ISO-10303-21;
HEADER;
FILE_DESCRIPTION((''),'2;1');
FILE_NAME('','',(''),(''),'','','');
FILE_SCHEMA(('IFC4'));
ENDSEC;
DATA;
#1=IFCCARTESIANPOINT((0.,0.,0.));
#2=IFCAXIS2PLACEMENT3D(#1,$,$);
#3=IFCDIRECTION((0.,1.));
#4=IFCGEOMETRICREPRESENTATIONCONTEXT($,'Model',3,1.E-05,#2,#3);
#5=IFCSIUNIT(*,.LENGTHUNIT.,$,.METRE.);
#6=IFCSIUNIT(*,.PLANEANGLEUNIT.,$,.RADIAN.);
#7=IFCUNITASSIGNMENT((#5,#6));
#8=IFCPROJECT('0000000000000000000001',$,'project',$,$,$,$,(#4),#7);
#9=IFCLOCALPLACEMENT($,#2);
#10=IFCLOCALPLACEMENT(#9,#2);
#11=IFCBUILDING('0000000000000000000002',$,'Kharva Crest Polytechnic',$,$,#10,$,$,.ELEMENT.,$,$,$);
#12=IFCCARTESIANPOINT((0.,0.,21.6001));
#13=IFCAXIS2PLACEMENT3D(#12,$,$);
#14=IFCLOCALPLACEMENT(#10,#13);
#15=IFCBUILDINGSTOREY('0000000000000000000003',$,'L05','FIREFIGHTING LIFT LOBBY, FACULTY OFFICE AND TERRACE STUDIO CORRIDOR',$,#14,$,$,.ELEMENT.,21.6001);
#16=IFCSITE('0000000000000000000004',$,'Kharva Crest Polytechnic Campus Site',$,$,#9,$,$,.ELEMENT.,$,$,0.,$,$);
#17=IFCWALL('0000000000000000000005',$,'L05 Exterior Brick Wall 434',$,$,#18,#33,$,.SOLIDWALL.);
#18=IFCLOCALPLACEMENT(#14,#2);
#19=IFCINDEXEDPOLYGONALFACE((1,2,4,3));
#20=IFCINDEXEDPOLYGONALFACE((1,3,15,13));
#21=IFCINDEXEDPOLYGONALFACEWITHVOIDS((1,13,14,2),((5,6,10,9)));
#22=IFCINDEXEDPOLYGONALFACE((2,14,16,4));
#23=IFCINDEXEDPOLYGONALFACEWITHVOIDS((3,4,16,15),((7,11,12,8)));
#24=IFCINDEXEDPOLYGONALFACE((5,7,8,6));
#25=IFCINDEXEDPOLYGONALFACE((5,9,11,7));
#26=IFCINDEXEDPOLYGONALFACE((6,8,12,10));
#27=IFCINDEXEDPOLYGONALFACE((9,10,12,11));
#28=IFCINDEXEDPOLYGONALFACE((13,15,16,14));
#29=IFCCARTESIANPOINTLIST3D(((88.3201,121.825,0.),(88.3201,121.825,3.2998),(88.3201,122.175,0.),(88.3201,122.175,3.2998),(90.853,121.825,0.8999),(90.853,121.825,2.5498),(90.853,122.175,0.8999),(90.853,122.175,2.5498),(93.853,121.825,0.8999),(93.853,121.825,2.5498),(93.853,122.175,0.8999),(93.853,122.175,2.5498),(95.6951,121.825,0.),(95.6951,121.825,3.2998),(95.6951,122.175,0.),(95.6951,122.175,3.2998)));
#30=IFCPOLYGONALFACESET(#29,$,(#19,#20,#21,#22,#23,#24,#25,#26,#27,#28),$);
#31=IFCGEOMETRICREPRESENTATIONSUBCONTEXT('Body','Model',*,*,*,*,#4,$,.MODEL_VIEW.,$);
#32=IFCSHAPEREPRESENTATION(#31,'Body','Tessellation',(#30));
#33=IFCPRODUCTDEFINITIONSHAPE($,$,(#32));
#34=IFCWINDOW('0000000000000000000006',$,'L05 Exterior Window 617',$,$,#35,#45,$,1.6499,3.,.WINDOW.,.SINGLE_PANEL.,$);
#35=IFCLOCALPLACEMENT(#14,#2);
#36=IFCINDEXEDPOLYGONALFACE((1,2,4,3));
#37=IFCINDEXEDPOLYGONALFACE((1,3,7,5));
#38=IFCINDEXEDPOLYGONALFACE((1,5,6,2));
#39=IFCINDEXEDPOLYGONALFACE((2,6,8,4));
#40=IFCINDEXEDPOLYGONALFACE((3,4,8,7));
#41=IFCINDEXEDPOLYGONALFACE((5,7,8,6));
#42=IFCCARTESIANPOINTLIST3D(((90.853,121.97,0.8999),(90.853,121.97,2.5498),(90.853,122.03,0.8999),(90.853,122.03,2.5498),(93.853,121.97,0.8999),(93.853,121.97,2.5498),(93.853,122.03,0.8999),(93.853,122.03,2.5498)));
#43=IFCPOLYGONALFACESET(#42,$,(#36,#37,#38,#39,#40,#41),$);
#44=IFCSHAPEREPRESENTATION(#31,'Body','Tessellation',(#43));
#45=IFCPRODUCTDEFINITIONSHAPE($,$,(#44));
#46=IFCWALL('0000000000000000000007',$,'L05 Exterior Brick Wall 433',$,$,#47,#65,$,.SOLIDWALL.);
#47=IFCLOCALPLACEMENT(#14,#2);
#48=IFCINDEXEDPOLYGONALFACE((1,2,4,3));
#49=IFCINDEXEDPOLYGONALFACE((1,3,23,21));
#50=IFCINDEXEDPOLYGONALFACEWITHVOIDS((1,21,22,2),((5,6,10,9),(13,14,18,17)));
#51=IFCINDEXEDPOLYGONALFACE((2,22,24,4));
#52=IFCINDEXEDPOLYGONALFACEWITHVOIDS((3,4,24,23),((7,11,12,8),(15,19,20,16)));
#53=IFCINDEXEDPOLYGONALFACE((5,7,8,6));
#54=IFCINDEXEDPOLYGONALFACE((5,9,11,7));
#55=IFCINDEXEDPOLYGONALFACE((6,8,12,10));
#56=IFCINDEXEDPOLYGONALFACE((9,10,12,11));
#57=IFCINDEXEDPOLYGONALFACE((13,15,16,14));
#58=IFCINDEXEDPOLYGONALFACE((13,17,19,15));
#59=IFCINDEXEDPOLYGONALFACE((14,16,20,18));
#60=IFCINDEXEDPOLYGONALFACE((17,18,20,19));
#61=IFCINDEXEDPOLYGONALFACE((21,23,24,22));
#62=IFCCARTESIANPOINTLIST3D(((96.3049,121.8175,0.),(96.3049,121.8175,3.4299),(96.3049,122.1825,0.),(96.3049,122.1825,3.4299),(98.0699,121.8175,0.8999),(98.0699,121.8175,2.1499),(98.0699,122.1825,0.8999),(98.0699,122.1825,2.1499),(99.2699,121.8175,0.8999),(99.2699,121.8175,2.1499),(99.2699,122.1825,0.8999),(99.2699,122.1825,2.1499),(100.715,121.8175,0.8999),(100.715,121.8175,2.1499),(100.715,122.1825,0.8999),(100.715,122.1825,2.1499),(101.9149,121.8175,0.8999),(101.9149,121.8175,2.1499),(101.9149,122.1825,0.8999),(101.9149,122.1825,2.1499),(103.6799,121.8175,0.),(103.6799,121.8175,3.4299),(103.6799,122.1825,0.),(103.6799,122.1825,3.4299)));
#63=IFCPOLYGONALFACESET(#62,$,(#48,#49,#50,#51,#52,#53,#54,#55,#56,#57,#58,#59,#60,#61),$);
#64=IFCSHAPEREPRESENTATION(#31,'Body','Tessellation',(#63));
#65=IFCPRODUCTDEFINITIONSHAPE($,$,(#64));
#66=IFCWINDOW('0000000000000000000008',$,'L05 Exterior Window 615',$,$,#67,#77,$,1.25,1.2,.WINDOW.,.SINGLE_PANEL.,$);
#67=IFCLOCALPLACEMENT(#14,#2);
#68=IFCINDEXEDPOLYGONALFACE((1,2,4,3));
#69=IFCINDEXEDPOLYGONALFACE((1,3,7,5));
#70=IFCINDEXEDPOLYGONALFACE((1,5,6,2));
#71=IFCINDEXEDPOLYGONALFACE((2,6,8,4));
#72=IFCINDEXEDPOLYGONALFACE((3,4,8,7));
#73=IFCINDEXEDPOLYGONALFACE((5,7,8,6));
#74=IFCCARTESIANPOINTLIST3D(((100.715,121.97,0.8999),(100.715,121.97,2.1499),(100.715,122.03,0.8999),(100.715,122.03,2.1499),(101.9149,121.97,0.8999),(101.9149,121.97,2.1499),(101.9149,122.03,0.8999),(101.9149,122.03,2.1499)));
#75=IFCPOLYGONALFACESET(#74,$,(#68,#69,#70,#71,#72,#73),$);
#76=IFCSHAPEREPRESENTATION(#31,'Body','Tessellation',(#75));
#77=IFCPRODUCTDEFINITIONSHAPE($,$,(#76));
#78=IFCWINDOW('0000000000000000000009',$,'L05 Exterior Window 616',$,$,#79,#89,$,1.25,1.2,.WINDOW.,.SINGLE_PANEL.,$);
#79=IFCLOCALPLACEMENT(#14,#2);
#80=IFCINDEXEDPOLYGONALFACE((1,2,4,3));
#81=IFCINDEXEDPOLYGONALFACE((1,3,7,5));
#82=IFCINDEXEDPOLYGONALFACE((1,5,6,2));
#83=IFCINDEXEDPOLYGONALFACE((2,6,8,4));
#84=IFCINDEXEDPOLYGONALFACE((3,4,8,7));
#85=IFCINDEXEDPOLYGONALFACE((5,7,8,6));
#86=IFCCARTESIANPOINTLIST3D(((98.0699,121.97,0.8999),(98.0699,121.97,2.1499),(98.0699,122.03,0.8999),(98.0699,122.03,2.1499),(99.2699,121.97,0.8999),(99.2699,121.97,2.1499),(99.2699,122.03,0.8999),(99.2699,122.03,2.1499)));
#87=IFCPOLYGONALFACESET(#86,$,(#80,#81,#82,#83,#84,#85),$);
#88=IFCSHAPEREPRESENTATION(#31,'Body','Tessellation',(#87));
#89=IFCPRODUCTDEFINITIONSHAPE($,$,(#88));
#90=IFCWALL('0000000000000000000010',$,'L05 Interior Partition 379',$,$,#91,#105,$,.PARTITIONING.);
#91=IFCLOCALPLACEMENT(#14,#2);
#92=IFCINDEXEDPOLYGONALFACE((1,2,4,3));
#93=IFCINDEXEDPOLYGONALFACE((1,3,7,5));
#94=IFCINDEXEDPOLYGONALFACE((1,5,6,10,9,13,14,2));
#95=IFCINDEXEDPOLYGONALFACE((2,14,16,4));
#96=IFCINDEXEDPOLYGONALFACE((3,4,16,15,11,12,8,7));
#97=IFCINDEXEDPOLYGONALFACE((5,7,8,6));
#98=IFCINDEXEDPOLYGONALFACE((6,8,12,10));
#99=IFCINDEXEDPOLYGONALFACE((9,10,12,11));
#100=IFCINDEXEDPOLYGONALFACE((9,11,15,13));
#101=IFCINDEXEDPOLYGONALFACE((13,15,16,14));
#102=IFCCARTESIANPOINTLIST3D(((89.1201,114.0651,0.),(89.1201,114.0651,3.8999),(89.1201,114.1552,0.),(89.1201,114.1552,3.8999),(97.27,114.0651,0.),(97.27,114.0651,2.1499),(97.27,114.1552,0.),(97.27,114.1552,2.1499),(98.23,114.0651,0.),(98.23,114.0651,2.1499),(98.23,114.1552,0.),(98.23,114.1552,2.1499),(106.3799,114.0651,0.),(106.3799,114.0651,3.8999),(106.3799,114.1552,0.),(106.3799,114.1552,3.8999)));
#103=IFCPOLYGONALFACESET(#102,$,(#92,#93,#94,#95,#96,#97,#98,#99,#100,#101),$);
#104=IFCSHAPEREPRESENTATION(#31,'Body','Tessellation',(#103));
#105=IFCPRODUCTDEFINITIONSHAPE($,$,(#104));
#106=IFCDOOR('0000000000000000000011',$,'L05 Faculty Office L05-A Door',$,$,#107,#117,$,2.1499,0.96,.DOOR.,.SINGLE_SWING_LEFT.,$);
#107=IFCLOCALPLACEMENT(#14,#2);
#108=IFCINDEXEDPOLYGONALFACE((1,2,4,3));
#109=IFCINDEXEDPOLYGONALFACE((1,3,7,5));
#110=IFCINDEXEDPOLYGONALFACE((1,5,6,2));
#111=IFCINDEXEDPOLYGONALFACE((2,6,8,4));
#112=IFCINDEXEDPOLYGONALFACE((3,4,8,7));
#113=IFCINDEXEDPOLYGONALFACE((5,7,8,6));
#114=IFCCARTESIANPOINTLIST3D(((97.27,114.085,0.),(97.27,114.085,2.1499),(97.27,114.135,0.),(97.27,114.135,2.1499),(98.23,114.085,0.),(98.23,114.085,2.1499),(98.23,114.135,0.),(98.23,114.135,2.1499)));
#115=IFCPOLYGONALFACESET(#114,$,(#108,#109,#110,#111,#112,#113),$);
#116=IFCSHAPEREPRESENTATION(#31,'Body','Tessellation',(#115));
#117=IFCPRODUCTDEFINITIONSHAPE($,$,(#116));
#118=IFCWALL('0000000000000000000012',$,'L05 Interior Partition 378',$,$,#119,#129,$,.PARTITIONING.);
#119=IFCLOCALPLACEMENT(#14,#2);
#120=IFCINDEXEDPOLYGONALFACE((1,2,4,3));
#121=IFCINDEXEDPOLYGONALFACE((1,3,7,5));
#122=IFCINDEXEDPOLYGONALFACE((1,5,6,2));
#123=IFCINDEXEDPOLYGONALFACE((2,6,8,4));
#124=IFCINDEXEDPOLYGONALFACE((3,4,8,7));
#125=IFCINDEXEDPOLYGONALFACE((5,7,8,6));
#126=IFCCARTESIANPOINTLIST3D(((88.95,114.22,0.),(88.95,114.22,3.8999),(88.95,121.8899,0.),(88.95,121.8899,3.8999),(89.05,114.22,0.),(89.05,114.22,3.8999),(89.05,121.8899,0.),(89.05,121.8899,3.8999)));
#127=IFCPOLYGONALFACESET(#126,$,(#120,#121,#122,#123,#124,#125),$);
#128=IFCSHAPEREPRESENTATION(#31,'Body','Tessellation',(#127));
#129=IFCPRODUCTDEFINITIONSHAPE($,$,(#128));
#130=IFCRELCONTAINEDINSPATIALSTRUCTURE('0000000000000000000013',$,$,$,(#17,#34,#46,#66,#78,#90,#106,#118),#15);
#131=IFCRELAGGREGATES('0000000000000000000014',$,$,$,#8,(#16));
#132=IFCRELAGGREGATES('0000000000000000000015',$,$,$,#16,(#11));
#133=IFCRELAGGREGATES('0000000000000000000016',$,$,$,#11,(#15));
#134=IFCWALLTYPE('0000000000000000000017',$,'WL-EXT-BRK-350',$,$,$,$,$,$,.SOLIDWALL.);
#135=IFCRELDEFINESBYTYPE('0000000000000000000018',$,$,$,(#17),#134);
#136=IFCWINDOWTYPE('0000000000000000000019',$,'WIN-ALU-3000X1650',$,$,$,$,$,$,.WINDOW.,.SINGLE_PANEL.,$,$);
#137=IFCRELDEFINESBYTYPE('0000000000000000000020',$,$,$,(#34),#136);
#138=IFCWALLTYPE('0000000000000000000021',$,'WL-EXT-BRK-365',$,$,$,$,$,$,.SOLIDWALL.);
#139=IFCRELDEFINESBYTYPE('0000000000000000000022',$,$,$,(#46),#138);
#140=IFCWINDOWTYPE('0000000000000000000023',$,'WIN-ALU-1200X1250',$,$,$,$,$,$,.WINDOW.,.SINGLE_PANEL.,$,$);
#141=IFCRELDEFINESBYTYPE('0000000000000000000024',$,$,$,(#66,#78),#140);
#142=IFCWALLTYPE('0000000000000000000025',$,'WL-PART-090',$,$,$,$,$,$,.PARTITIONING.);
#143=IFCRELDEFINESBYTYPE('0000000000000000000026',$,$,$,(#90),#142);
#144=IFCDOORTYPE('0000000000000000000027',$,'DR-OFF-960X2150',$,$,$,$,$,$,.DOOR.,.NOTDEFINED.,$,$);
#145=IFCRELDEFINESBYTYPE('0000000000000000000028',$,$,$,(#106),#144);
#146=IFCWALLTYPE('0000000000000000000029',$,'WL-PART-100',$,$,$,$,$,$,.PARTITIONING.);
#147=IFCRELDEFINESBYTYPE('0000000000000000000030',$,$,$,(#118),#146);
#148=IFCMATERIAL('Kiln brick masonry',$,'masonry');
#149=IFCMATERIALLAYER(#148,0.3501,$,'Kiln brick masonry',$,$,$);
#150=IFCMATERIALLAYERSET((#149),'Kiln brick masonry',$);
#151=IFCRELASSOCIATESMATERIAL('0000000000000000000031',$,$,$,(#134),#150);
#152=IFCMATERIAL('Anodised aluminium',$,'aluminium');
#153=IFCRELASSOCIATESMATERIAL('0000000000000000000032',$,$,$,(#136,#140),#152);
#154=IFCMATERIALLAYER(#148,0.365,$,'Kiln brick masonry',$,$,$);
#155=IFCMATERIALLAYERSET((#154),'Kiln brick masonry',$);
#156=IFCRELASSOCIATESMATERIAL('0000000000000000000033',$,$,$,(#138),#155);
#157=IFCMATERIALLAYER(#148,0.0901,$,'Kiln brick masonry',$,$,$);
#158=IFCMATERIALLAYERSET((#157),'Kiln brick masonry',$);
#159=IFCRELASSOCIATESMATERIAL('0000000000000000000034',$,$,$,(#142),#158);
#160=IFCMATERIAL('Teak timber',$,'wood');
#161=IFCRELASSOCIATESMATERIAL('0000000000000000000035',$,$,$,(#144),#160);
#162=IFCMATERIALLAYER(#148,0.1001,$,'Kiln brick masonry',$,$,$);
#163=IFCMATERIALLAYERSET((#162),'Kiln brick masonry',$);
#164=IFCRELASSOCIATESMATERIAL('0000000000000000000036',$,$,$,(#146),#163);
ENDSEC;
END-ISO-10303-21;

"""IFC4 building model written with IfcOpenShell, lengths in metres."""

from ifc_helpers import new_model, si_unit, direction, frame, frame_2d, origin, place, context, subcontext, project, spatial, rectangle, extrude, material, layer, layer_set, type_object, element, fill, save


model = new_model("IFC4")

# Units and contexts
model_context = context("Model", 3, precision=1e-05, world=origin(), true_north=direction((0.0, 1.0)))
body_context = subcontext(model_context, "Body", "Model", "MODEL_VIEW")
ifc_project = project(units=[si_unit("LENGTHUNIT", "METRE"), si_unit("PLANEANGLEUNIT", "RADIAN")], contexts=[model_context])

# Site, building, storey
site_placement = place(None, origin())
site = spatial("IfcSite", under=ifc_project, at=site_placement, Name="Kharva Crest Polytechnic Campus Site", CompositionType="ELEMENT", RefElevation=0.0)
building_placement = place(site_placement, origin())
building = spatial("IfcBuilding", under=site, at=building_placement, Name="Kharva Crest Polytechnic", CompositionType="ELEMENT")
storey_placement = place(building_placement, frame((0.0, 0.0, 21.6001)))
storey = spatial("IfcBuildingStorey", under=building, at=storey_placement, Name="L05", Description="FIREFIGHTING LIFT LOBBY, FACULTY OFFICE AND TERRACE STUDIO CORRIDOR", CompositionType="ELEMENT", Elevation=21.6001)

# Shared definitions
ifc_material_1 = material(Name="Teak timber", Category="wood")

# Wall, opening, window
ifc_material_2 = material(Name="Kiln brick masonry", Category="masonry")
ifc_layer_1 = layer(ifc_material_2, 0.3501, Name="Kiln brick masonry")
ifc_layer_set_1 = layer_set([ifc_layer_1], Name="Kiln brick masonry")
wall_type_1 = type_object("IfcWallType", Name="WL-EXT-BRK-350", PredefinedType="SOLIDWALL", material=ifc_layer_set_1)
wall_1_placement = place(storey_placement, frame((95.6951, 122.0, 0.0), z_axis=(0.0, 0.0, 1.0), x_axis=(-1.0, 0.0, 0.0)))
wall_1 = element("IfcWall", 1, at=wall_1_placement, inside=storey, type_object=wall_type_1, Name="L05 Exterior Brick Wall 434", PredefinedType="SOLIDWALL", context=body_context, shape_type="SweptSolid", body=[
    extrude(rectangle(XDim=7.375, YDim=0.3501, at=frame_2d((3.6875, 0.0))), origin(), (0.0, 0.0, 1.0), 3.2998),
])
opening_1_placement = place(wall_1_placement, frame((1.842, 0.0, 0.8999)))
opening_1 = element("IfcOpeningElement", 2, at=opening_1_placement, cuts=wall_1, PredefinedType="OPENING", context=body_context, shape_type="SweptSolid", body=[
    extrude(rectangle(XDim=3.0, YDim=1.6499, at=frame_2d((1.5, 0.825))), frame((0.0, 0.1851, 0.0), z_axis=(0.0, -1.0, 0.0), x_axis=(1.0, 0.0, 0.0)), (0.0, 0.0, 1.0), 0.3701),
])
ifc_material_3 = material(Name="Anodised aluminium", Category="aluminium")
window_type_1 = type_object("IfcWindowType", Name="WIN-ALU-3000X1650", PartitioningType="SINGLE_PANEL", PredefinedType="WINDOW", material=ifc_material_3)
window_1_placement = place(opening_1_placement, origin())
window_1 = element("IfcWindow", 3, at=window_1_placement, inside=storey, type_object=window_type_1, Name="L05 Exterior Window 617", OverallHeight=1.6499, OverallWidth=3.0, PartitioningType="SINGLE_PANEL", PredefinedType="WINDOW", context=body_context, shape_type="SweptSolid", body=[
    extrude(rectangle(XDim=3.0, YDim=1.6499, at=frame_2d((1.5, 0.825))), frame((0.0, 0.03, 0.0), z_axis=(0.0, -1.0, 0.0), x_axis=(1.0, 0.0, 0.0)), (0.0, 0.0, 1.0), 0.0601),
])
fill(opening_1, window_1)

# Wall, openings, windows
ifc_layer_2 = layer(ifc_material_2, 0.365, Name="Kiln brick masonry")
ifc_layer_set_2 = layer_set([ifc_layer_2], Name="Kiln brick masonry")
wall_type_2 = type_object("IfcWallType", Name="WL-EXT-BRK-365", PredefinedType="SOLIDWALL", material=ifc_layer_set_2)
wall_2_placement = place(storey_placement, frame((103.6799, 122.0, 0.0), z_axis=(0.0, 0.0, 1.0), x_axis=(-1.0, 0.0, 0.0)))
wall_2 = element("IfcWall", 4, at=wall_2_placement, inside=storey, type_object=wall_type_2, Name="L05 Exterior Brick Wall 433", PredefinedType="SOLIDWALL", context=body_context, shape_type="SweptSolid", body=[
    extrude(rectangle(XDim=7.375, YDim=0.365, at=frame_2d((3.6875, 0.0))), origin(), (0.0, 0.0, 1.0), 3.4299),
])
opening_2_placement = place(wall_2_placement, frame((1.7649, 0.0, 0.8999)))
opening_2 = element("IfcOpeningElement", 5, at=opening_2_placement, cuts=wall_2, PredefinedType="OPENING", context=body_context, shape_type="SweptSolid", body=[
    extrude(rectangle(XDim=1.2, YDim=1.25, at=frame_2d((0.6001, 0.625))), frame((0.0, 0.1924, 0.0), z_axis=(0.0, -1.0, 0.0), x_axis=(1.0, 0.0, 0.0)), (0.0, 0.0, 1.0), 0.385),
])
opening_3_placement = place(wall_2_placement, frame((4.4099, 0.0, 0.8999)))
opening_3 = element("IfcOpeningElement", 6, at=opening_3_placement, cuts=wall_2, PredefinedType="OPENING", context=body_context, shape_type="SweptSolid", body=[
    extrude(rectangle(XDim=1.2, YDim=1.25, at=frame_2d((0.6001, 0.625))), frame((0.0, 0.1924, 0.0), z_axis=(0.0, -1.0, 0.0), x_axis=(1.0, 0.0, 0.0)), (0.0, 0.0, 1.0), 0.385),
])
window_type_2 = type_object("IfcWindowType", Name="WIN-ALU-1200X1250", PartitioningType="SINGLE_PANEL", PredefinedType="WINDOW", material=ifc_material_3)
window_2_placement = place(opening_2_placement, origin())
window_2 = element("IfcWindow", 7, at=window_2_placement, inside=storey, type_object=window_type_2, Name="L05 Exterior Window 615", OverallHeight=1.25, OverallWidth=1.2, PartitioningType="SINGLE_PANEL", PredefinedType="WINDOW", context=body_context, shape_type="SweptSolid", body=[
    extrude(rectangle(XDim=1.2, YDim=1.25, at=frame_2d((0.6001, 0.625))), frame((0.0, 0.03, 0.0), z_axis=(0.0, -1.0, 0.0), x_axis=(1.0, 0.0, 0.0)), (0.0, 0.0, 1.0), 0.0601),
])
fill(opening_2, window_2)
window_3_placement = place(opening_3_placement, origin())
window_3 = element("IfcWindow", 8, at=window_3_placement, inside=storey, type_object=window_type_2, Name="L05 Exterior Window 616", OverallHeight=1.25, OverallWidth=1.2, PartitioningType="SINGLE_PANEL", PredefinedType="WINDOW", context=body_context, shape_type="SweptSolid", body=[
    extrude(rectangle(XDim=1.2, YDim=1.25, at=frame_2d((0.6001, 0.625))), frame((0.0, 0.03, 0.0), z_axis=(0.0, -1.0, 0.0), x_axis=(1.0, 0.0, 0.0)), (0.0, 0.0, 1.0), 0.0601),
])
fill(opening_3, window_3)

# Wall, opening, door
ifc_layer_3 = layer(ifc_material_2, 0.0901, Name="Kiln brick masonry")
ifc_layer_set_3 = layer_set([ifc_layer_3], Name="Kiln brick masonry")
wall_type_3 = type_object("IfcWallType", Name="WL-PART-090", PredefinedType="PARTITIONING", material=ifc_layer_set_3)
wall_3_placement = place(storey_placement, frame((89.1201, 114.1101, 0.0), z_axis=(0.0, 0.0, 1.0), x_axis=(1.0, 0.0, 0.0)))
wall_3 = element("IfcWall", 9, at=wall_3_placement, inside=storey, type_object=wall_type_3, Name="L05 Interior Partition 379", PredefinedType="PARTITIONING", context=body_context, shape_type="SweptSolid", body=[
    extrude(rectangle(XDim=17.2598, YDim=0.0901, at=frame_2d((8.6299, 0.0))), origin(), (0.0, 0.0, 1.0), 3.8999),
])
opening_4_placement = place(wall_3_placement, frame((8.1499, 0.0, 0.0)))
opening_4 = element("IfcOpeningElement", 10, at=opening_4_placement, cuts=wall_3, PredefinedType="OPENING", context=body_context, shape_type="SweptSolid", body=[
    extrude(rectangle(XDim=0.96, YDim=2.1499, at=frame_2d((0.48, 1.075))), frame((0.0, 0.0549, 0.0), z_axis=(0.0, -1.0, 0.0), x_axis=(1.0, 0.0, 0.0)), (0.0, 0.0, 1.0), 0.1101),
])
door_type_1 = type_object("IfcDoorType", Name="DR-OFF-960X2150", OperationType="NOTDEFINED", PredefinedType="DOOR", material=ifc_material_1)
door_1_placement = place(opening_4_placement, origin())
door_1 = element("IfcDoor", 11, at=door_1_placement, inside=storey, type_object=door_type_1, Name="L05 Faculty Office L05-A Door", OperationType="SINGLE_SWING_LEFT", OverallHeight=2.1499, OverallWidth=0.96, PredefinedType="DOOR", context=body_context, shape_type="SweptSolid", body=[
    extrude(rectangle(XDim=0.96, YDim=2.1499, at=frame_2d((0.48, 1.075))), frame((0.0, 0.0249, 0.0), z_axis=(0.0, -1.0, 0.0), x_axis=(1.0, 0.0, 0.0)), (0.0, 0.0, 1.0), 0.05),
])
fill(opening_4, door_1)

# Wall
ifc_layer_4 = layer(ifc_material_2, 0.1001, Name="Kiln brick masonry")
ifc_layer_set_4 = layer_set([ifc_layer_4], Name="Kiln brick masonry")
wall_type_4 = type_object("IfcWallType", Name="WL-PART-100", PredefinedType="PARTITIONING", material=ifc_layer_set_4)
wall_4_placement = place(storey_placement, frame((89.0, 114.22, 0.0), z_axis=(0.0, 0.0, 1.0), x_axis=(0.0, 1.0, 0.0)))
element("IfcWall", 12, at=wall_4_placement, inside=storey, type_object=wall_type_4, Name="L05 Interior Partition 378", PredefinedType="PARTITIONING", context=body_context, shape_type="SweptSolid", body=[
    extrude(rectangle(XDim=7.6699, YDim=0.1001, at=frame_2d((3.835, 0.0))), origin(), (0.0, 0.0, 1.0), 3.8999),
])

save(model, "model.ifc")
